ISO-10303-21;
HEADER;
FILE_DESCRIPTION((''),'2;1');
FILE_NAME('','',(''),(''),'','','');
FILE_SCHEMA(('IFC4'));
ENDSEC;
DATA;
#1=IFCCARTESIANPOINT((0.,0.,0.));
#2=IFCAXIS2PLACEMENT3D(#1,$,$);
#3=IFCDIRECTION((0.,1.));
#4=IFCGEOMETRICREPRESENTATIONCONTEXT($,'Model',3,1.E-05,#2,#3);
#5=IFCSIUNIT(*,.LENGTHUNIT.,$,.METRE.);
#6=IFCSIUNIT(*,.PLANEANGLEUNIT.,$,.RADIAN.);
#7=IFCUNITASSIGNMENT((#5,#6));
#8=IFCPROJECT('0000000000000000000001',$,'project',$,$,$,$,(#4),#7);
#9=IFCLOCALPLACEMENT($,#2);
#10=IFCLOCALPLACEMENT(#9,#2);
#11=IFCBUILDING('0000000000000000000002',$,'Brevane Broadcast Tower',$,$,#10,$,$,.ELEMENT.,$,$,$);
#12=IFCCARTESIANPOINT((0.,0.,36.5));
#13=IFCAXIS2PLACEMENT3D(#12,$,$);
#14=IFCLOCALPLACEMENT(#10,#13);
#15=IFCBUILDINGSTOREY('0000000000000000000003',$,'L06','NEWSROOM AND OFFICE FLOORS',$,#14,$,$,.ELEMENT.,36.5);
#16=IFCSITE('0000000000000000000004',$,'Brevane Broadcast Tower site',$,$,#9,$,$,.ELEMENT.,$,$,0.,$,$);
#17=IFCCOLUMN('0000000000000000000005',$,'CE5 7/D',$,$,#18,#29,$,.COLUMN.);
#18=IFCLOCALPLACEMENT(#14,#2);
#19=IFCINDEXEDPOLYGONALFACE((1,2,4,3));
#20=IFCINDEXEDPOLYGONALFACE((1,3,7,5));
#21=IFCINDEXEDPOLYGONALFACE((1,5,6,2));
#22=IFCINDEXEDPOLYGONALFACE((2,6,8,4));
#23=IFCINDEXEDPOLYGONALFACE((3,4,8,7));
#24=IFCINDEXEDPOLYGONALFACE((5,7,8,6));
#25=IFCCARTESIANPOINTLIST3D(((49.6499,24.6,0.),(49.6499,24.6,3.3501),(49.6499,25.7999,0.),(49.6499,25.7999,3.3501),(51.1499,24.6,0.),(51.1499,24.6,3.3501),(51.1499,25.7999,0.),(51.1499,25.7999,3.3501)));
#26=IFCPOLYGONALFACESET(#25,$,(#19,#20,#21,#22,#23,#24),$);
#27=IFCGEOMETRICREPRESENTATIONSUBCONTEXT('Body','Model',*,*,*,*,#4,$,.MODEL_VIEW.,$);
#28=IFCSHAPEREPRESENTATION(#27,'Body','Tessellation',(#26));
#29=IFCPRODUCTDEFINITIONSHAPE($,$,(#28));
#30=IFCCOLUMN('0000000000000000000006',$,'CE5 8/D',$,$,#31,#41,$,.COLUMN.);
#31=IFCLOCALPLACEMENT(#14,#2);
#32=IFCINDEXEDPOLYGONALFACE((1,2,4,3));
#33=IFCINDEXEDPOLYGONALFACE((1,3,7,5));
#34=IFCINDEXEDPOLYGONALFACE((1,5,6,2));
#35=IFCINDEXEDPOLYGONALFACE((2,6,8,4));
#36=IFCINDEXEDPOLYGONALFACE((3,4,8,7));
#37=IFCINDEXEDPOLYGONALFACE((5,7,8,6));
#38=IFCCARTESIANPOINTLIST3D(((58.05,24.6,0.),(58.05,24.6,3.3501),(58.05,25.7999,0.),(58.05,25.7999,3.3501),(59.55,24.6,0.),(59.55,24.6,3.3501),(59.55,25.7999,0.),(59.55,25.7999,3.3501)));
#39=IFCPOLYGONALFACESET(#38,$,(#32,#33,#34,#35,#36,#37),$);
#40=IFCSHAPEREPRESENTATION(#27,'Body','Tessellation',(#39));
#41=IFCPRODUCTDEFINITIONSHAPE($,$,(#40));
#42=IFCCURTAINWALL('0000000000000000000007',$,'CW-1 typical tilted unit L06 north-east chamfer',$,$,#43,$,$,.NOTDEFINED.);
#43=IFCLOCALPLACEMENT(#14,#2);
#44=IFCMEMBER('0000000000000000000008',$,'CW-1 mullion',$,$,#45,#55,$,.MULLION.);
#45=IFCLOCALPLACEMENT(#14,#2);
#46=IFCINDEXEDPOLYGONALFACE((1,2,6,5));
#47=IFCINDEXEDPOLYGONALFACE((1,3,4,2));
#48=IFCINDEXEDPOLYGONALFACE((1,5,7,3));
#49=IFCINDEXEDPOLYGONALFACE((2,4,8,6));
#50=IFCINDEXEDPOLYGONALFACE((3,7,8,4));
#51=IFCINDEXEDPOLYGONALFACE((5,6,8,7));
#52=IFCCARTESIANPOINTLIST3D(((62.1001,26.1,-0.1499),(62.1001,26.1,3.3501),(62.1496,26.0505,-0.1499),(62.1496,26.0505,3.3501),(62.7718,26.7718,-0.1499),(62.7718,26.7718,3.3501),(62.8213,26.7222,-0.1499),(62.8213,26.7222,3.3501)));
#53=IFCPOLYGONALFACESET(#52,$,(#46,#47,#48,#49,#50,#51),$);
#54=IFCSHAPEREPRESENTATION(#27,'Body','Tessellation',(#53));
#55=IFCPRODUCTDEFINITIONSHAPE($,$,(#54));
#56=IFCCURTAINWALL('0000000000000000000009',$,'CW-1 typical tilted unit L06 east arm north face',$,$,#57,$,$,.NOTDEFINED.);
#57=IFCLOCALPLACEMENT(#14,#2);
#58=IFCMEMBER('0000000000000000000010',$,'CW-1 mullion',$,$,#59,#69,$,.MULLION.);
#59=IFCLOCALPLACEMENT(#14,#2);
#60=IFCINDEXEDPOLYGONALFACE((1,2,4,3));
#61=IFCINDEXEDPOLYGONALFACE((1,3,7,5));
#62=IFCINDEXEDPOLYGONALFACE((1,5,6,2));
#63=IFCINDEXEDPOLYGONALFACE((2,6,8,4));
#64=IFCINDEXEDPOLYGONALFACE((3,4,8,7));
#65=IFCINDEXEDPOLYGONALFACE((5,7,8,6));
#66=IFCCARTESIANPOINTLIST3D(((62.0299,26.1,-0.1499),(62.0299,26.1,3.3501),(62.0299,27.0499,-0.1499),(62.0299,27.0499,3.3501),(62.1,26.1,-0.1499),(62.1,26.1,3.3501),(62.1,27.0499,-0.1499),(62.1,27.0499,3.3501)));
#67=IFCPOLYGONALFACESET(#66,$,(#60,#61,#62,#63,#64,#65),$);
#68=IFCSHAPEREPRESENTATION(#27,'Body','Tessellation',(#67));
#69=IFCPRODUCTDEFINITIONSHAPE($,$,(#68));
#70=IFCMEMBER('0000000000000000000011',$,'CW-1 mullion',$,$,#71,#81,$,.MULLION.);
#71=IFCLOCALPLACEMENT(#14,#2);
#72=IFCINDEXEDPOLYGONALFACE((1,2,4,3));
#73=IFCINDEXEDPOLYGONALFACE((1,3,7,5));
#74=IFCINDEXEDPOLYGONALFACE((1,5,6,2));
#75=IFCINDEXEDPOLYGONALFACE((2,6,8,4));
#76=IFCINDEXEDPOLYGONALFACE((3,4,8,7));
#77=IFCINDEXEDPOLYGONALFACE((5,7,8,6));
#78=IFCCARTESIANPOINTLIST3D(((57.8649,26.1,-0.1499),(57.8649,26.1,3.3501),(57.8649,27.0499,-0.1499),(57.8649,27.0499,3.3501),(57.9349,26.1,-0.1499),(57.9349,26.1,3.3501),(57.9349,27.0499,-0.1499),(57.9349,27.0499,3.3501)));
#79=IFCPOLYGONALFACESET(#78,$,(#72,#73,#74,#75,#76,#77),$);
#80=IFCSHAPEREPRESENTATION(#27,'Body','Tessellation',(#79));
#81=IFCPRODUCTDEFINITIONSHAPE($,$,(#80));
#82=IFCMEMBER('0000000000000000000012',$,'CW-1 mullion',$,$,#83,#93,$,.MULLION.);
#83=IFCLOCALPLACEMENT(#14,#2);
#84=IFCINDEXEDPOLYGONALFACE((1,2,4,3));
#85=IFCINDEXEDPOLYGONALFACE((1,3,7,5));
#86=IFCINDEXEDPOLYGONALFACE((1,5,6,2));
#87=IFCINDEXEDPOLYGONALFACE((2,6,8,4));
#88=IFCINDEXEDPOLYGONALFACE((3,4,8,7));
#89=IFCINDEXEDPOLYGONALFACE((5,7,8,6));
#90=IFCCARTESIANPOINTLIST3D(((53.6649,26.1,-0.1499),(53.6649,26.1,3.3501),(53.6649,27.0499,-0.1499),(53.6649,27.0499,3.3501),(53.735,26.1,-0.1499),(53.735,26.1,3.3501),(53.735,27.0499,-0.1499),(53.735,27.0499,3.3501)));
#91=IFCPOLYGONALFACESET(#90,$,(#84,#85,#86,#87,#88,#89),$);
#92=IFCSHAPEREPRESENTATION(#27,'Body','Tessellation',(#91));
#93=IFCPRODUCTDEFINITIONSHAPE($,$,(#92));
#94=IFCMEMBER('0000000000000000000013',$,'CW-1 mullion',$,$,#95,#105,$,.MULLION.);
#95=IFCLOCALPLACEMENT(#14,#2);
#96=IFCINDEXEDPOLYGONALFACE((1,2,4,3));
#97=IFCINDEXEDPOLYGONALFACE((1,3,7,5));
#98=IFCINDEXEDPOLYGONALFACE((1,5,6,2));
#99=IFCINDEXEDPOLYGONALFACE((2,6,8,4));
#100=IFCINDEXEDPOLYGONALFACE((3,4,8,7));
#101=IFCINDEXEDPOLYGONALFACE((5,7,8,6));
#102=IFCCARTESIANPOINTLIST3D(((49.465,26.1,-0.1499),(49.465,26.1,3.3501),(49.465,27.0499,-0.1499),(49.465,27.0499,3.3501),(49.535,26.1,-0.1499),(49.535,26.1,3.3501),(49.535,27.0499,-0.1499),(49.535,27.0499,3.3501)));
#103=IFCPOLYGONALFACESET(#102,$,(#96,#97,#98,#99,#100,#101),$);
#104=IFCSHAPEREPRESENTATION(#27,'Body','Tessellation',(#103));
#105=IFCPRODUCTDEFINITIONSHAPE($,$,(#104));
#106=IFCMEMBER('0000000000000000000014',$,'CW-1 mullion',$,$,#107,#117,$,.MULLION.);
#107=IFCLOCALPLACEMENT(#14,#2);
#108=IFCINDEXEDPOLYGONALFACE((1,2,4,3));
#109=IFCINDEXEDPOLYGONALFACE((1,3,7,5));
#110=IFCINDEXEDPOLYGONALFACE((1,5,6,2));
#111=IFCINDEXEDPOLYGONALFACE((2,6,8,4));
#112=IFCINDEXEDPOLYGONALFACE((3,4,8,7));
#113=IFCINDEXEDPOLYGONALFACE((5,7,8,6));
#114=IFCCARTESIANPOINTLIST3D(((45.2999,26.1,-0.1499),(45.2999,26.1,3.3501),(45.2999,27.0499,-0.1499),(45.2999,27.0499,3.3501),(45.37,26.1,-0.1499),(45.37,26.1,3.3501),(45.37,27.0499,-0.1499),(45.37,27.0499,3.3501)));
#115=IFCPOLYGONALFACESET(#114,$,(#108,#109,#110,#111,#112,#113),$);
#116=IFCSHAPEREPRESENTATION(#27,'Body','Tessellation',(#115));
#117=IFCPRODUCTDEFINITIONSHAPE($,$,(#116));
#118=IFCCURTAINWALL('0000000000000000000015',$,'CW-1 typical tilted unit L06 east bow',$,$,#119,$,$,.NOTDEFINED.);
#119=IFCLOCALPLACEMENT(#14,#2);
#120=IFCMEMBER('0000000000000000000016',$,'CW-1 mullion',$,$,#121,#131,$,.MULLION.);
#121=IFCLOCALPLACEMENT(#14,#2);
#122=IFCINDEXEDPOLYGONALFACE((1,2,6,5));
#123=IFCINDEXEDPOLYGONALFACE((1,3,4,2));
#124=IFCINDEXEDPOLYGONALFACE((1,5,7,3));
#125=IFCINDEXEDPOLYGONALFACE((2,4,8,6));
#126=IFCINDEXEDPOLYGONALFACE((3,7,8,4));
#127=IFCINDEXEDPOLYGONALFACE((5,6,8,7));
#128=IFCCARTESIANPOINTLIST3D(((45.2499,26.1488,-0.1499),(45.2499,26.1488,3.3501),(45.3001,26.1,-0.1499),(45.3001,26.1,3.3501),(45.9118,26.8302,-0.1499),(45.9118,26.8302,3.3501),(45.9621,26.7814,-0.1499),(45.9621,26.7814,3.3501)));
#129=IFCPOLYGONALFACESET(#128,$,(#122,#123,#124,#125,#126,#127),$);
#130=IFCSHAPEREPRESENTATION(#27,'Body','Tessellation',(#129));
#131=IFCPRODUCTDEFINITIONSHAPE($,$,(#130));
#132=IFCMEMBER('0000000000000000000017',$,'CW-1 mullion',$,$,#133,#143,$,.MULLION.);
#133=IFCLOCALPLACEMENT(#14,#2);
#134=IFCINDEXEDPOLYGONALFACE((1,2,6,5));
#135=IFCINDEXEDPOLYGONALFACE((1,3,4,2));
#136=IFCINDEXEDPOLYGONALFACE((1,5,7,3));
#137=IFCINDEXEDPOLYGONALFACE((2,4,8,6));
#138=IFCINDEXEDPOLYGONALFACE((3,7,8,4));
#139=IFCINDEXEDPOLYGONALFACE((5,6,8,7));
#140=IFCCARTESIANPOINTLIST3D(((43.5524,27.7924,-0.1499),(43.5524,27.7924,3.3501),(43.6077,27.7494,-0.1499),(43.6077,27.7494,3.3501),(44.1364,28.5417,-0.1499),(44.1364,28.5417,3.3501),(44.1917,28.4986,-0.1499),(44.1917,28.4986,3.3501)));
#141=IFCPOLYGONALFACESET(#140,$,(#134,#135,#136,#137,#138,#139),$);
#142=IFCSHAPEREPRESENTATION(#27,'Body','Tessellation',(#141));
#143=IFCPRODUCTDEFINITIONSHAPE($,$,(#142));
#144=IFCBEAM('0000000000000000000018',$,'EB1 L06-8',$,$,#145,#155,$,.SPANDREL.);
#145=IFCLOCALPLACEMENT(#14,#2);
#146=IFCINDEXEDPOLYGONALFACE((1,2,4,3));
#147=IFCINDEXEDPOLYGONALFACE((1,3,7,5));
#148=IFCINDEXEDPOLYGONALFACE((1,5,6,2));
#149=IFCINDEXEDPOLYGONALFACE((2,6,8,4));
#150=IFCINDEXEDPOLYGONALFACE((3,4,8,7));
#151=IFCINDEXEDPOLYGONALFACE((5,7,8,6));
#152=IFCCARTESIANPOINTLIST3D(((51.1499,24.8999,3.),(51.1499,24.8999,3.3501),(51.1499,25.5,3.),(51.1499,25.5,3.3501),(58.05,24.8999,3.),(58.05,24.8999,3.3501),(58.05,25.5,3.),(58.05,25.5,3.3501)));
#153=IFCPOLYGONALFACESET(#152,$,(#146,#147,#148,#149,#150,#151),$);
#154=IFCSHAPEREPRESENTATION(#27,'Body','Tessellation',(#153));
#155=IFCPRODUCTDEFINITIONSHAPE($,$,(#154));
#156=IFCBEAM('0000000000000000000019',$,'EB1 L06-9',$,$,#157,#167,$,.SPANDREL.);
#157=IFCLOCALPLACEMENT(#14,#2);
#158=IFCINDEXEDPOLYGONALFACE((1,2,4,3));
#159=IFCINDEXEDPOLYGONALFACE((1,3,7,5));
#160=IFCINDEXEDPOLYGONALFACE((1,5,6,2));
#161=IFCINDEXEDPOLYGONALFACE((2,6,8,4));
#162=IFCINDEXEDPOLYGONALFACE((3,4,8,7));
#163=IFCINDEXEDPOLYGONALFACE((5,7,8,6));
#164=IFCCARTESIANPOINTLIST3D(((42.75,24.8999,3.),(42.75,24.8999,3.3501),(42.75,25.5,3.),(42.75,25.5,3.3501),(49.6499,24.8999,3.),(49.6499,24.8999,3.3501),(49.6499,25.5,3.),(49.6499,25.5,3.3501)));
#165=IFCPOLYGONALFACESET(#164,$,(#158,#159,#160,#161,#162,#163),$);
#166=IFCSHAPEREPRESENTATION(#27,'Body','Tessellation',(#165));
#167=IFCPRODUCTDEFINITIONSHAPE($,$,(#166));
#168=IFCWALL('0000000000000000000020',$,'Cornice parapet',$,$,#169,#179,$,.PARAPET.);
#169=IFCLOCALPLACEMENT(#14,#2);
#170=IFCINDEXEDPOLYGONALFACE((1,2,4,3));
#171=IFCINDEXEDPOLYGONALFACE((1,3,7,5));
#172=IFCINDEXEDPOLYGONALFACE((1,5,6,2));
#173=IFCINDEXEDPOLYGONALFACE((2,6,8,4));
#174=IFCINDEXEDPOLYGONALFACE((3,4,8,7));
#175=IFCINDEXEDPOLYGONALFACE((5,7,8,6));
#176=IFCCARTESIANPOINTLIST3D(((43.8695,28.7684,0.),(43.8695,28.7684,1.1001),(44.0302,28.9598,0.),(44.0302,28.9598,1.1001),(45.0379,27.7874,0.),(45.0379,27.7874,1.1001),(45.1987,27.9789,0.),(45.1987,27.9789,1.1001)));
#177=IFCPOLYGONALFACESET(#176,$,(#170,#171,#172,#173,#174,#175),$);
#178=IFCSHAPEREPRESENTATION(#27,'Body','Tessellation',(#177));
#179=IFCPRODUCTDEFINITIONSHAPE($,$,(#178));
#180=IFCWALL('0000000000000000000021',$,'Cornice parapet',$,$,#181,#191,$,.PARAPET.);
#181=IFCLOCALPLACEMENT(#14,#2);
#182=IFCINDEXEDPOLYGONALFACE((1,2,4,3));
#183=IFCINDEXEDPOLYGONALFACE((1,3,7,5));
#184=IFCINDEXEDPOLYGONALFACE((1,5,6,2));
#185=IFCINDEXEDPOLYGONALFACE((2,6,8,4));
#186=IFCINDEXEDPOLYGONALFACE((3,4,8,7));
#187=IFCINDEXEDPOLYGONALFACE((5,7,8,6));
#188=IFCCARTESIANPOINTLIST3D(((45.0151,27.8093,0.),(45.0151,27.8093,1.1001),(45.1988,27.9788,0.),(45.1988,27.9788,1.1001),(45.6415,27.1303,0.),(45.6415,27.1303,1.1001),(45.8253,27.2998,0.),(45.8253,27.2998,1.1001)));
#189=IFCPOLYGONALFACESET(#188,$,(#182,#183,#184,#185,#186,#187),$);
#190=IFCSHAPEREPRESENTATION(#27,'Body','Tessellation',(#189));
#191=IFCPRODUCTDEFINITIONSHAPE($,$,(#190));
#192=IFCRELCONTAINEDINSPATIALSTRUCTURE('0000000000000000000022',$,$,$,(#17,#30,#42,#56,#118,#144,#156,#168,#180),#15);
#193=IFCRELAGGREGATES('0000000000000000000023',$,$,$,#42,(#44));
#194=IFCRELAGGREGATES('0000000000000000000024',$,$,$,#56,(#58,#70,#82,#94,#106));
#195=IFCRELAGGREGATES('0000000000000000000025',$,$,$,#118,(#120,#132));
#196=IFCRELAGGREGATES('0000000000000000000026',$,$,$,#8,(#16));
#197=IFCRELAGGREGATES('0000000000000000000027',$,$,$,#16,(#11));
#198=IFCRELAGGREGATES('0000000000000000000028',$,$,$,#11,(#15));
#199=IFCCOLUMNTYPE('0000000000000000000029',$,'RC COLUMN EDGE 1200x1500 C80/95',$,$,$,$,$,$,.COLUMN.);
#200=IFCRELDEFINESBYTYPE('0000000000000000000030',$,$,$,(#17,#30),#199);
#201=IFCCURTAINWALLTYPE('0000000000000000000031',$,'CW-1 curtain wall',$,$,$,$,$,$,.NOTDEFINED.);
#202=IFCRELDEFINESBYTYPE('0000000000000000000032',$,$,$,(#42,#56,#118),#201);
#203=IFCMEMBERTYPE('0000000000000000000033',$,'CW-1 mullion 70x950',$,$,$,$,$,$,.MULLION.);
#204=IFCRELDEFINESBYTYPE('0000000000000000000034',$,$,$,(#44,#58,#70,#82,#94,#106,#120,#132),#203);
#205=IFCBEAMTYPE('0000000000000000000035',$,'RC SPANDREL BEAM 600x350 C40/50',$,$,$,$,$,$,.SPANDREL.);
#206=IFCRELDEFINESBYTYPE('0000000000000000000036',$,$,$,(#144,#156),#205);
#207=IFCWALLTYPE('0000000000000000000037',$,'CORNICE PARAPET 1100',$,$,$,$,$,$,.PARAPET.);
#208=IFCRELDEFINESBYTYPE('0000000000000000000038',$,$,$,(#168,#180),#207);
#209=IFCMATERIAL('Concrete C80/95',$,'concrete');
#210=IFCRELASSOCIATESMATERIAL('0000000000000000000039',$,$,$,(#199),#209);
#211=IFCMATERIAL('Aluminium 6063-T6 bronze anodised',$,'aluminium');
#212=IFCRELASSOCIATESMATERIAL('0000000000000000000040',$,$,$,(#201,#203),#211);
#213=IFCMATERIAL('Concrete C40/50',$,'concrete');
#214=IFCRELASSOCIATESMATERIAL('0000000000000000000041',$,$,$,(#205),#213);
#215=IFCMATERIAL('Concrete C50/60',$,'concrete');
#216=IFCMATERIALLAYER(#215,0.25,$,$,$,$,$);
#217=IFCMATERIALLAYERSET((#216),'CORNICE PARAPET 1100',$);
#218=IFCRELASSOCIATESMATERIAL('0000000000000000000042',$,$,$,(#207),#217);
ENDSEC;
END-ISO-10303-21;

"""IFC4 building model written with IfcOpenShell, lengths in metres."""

from ifc_helpers import new_model, si_unit, direction, frame, frame_2d, origin, origin_2d, place, context, subcontext, project, spatial, rectangle, extrude, material, layer, layer_set, material_profile, profile_set, type_object, element, aggregate, save


model = new_model("IFC4")

# Units and contexts
model_context = context("Model", 3, precision=1e-05, world=origin(), true_north=direction((0.0, 1.0)))
body_context = subcontext(model_context, "Body", "Model", "MODEL_VIEW")
ifc_project = project(units=[si_unit("LENGTHUNIT", "METRE"), si_unit("PLANEANGLEUNIT", "RADIAN")], contexts=[model_context])

# Site, building, storey
site_placement = place(None, origin())
site = spatial("IfcSite", under=ifc_project, at=site_placement, Name="Brevane Broadcast Tower site", CompositionType="ELEMENT", RefElevation=0.0)
building_placement = place(site_placement, origin())
building = spatial("IfcBuilding", under=site, at=building_placement, Name="Brevane Broadcast Tower", CompositionType="ELEMENT")
storey_placement = place(building_placement, frame((0.0, 0.0, 36.5)))
storey = spatial("IfcBuildingStorey", under=building, at=storey_placement, Name="L06", Description="NEWSROOM AND OFFICE FLOORS", CompositionType="ELEMENT", Elevation=36.5)

# Columns
ifc_material_1 = material(Name="Concrete C80/95", Category="concrete")
ifc_material_profile_1 = material_profile(ifc_material_1, rectangle(XDim=1.2, YDim=1.5, at=origin_2d()), Name="RC 1200x1500")
ifc_profile_set_1 = profile_set([ifc_material_profile_1], Name="Concrete C80/95")
column_type = type_object("IfcColumnType", Name="RC COLUMN EDGE 1200x1500 C80/95", PredefinedType="COLUMN", material=ifc_profile_set_1)
for number, where, z_axis, x_axis, name in (
    (1, (50.3999, 25.2, 0.0), (0.0, 0.0, 1.0), (0.0, 1.0, 0.0), "CE5 7/D"),
    (2, (58.8, 25.2, 0.0), (0.0, 0.0, 1.0), (0.0, 1.0, 0.0), "CE5 8/D"),
):
    element("IfcColumn", number, at=place(storey_placement, frame(where, z_axis=z_axis, x_axis=x_axis)), inside=storey, type_object=column_type, Name=name, PredefinedType="COLUMN", context=body_context, shape_type="SweptSolid", body=[
        extrude(rectangle(XDim=1.2, YDim=1.5, at=origin_2d()), origin(), (0.0, 0.0, 1.0), 3.3501),
    ])

# Curtain wall, member
ifc_material_2 = material(Name="Aluminium 6063-T6 bronze anodised", Category="aluminium")
curtain_wall_type = type_object("IfcCurtainWallType", Name="CW-1 curtain wall", PredefinedType="NOTDEFINED", material=ifc_material_2)
curtain_wall_1_placement = place(storey_placement, origin())
curtain_wall_1 = element("IfcCurtainWall", 3, at=curtain_wall_1_placement, inside=storey, type_object=curtain_wall_type, Name="CW-1 typical tilted unit L06 north-east chamfer", PredefinedType="NOTDEFINED")
ifc_material_profile_2 = material_profile(ifc_material_2, rectangle(XDim=0.95, YDim=0.0701, at=origin_2d()), Name="RECT 70x950")
ifc_profile_set_2 = profile_set([ifc_material_profile_2], Name="Aluminium 6063-T6 bronze anodised")
member_type = type_object("IfcMemberType", Name="CW-1 mullion 70x950", PredefinedType="MULLION", material=ifc_profile_set_2)
member_1_placement = place(storey_placement, frame((62.4607, 26.4111, -0.1499), z_axis=(0.0, 0.0, 1.0), x_axis=(-0.707107, -0.707107, 0.0)))
member_1 = element("IfcMember", 4, at=member_1_placement, type_object=member_type, Name="CW-1 mullion", PredefinedType="MULLION", context=body_context, shape_type="SweptSolid", body=[
    extrude(rectangle(XDim=0.95, YDim=0.0701, at=origin_2d()), origin(), (0.0, 0.0, 1.0), 3.5),
])
aggregate(curtain_wall_1, [member_1])

# Curtain walls, members
curtain_wall_2_placement = place(storey_placement, origin())
curtain_wall_2 = element("IfcCurtainWall", 5, at=curtain_wall_2_placement, inside=storey, type_object=curtain_wall_type, Name="CW-1 typical tilted unit L06 east arm north face", PredefinedType="NOTDEFINED")
member_2_placement = place(storey_placement, frame((62.0649, 26.575, -0.1499), z_axis=(0.0, 0.0, 1.0), x_axis=(0.0, -1.0, 0.0)))
member_2 = element("IfcMember", 6, at=member_2_placement, type_object=member_type, Name="CW-1 mullion", PredefinedType="MULLION", context=body_context, shape_type="SweptSolid", body=[
    extrude(rectangle(XDim=0.95, YDim=0.0701, at=origin_2d()), origin(), (0.0, 0.0, 1.0), 3.5),
])
member_3_placement = place(storey_placement, frame((57.8999, 26.575, -0.1499), z_axis=(0.0, 0.0, 1.0), x_axis=(0.0, -1.0, 0.0)))
member_3 = element("IfcMember", 7, at=member_3_placement, type_object=member_type, Name="CW-1 mullion", PredefinedType="MULLION", context=body_context, shape_type="SweptSolid", body=[
    extrude(rectangle(XDim=0.95, YDim=0.0701, at=origin_2d()), origin(), (0.0, 0.0, 1.0), 3.5),
])
member_4_placement = place(storey_placement, frame((53.7, 26.575, -0.1499), z_axis=(0.0, 0.0, 1.0), x_axis=(0.0, -1.0, 0.0)))
member_4 = element("IfcMember", 8, at=member_4_placement, type_object=member_type, Name="CW-1 mullion", PredefinedType="MULLION", context=body_context, shape_type="SweptSolid", body=[
    extrude(rectangle(XDim=0.95, YDim=0.0701, at=origin_2d()), origin(), (0.0, 0.0, 1.0), 3.5),
])
member_5_placement = place(storey_placement, frame((49.5, 26.575, -0.1499), z_axis=(0.0, 0.0, 1.0), x_axis=(0.0, -1.0, 0.0)))
member_5 = element("IfcMember", 9, at=member_5_placement, type_object=member_type, Name="CW-1 mullion", PredefinedType="MULLION", context=body_context, shape_type="SweptSolid", body=[
    extrude(rectangle(XDim=0.95, YDim=0.0701, at=origin_2d()), origin(), (0.0, 0.0, 1.0), 3.5),
])
member_6_placement = place(storey_placement, frame((45.335, 26.575, -0.1499), z_axis=(0.0, 0.0, 1.0), x_axis=(0.0, -1.0, 0.0)))
member_6 = element("IfcMember", 10, at=member_6_placement, type_object=member_type, Name="CW-1 mullion", PredefinedType="MULLION", context=body_context, shape_type="SweptSolid", body=[
    extrude(rectangle(XDim=0.95, YDim=0.0701, at=origin_2d()), origin(), (0.0, 0.0, 1.0), 3.5),
])
aggregate(curtain_wall_2, [member_2, member_3, member_4, member_5, member_6])
curtain_wall_3_placement = place(storey_placement, origin())
curtain_wall_3 = element("IfcCurtainWall", 11, at=curtain_wall_3_placement, inside=storey, type_object=curtain_wall_type, Name="CW-1 typical tilted unit L06 east bow", PredefinedType="NOTDEFINED")
member_7_placement = place(storey_placement, frame((45.606, 26.4651, -0.1499), z_axis=(0.0, 0.0, 1.0), x_axis=(-0.696812, -0.717254, 0.0)))
member_7 = element("IfcMember", 12, at=member_7_placement, type_object=member_type, Name="CW-1 mullion", PredefinedType="MULLION", context=body_context, shape_type="SweptSolid", body=[
    extrude(rectangle(XDim=0.95, YDim=0.0701, at=origin_2d()), origin(), (0.0, 0.0, 1.0), 3.5),
])
member_8_placement = place(storey_placement, frame((43.8721, 28.1455, -0.1499), z_axis=(0.0, 0.0, 1.0), x_axis=(-0.61477, -0.788707, 0.0)))
member_8 = element("IfcMember", 13, at=member_8_placement, type_object=member_type, Name="CW-1 mullion", PredefinedType="MULLION", context=body_context, shape_type="SweptSolid", body=[
    extrude(rectangle(XDim=0.95, YDim=0.0701, at=origin_2d()), origin(), (0.0, 0.0, 1.0), 3.5),
])
aggregate(curtain_wall_3, [member_7, member_8])

# Beams
ifc_material_3 = material(Name="Concrete C40/50", Category="concrete")
ifc_material_profile_3 = material_profile(ifc_material_3, rectangle(XDim=0.6001, YDim=0.3501, at=origin_2d()), Name="RC 600x350")
ifc_profile_set_3 = profile_set([ifc_material_profile_3], Name="Concrete C40/50")
beam_type = type_object("IfcBeamType", Name="RC SPANDREL BEAM 600x350 C40/50", PredefinedType="SPANDREL", material=ifc_profile_set_3)
beam_1_placement = place(storey_placement, frame((58.05, 25.2, 3.175), z_axis=(-1.0, 0.0, 0.0), x_axis=(0.0, -1.0, 0.0)))
element("IfcBeam", 14, at=beam_1_placement, inside=storey, type_object=beam_type, Name="EB1 L06-8", PredefinedType="SPANDREL", context=body_context, shape_type="SweptSolid", body=[
    extrude(rectangle(XDim=0.6001, YDim=0.3501, at=origin_2d()), origin(), (0.0, 0.0, 1.0), 6.9001),
])
beam_2_placement = place(storey_placement, frame((49.6499, 25.2, 3.175), z_axis=(-1.0, 0.0, 0.0), x_axis=(0.0, -1.0, 0.0)))
element("IfcBeam", 15, at=beam_2_placement, inside=storey, type_object=beam_type, Name="EB1 L06-9", PredefinedType="SPANDREL", context=body_context, shape_type="SweptSolid", body=[
    extrude(rectangle(XDim=0.6001, YDim=0.3501, at=origin_2d()), origin(), (0.0, 0.0, 1.0), 6.8999),
])

# Walls
ifc_material_4 = material(Name="Concrete C50/60", Category="concrete")
ifc_layer_1 = layer(ifc_material_4, 0.25)
ifc_layer_set_1 = layer_set([ifc_layer_1], Name="CORNICE PARAPET 1100")
wall_type_1 = type_object("IfcWallType", Name="CORNICE PARAPET 1100", PredefinedType="PARAPET", material=ifc_layer_set_1)
wall_1_placement = place(storey_placement, frame((43.95, 28.864, 0.0), z_axis=(0.0, 0.0, 1.0), x_axis=(0.765881, -0.642982, 0.0)))
element("IfcWall", 16, at=wall_1_placement, inside=storey, type_object=wall_type_1, Name="Cornice parapet", PredefinedType="PARAPET", context=body_context, shape_type="SweptSolid", body=[
    extrude(rectangle(XDim=1.5256, YDim=0.25, at=frame_2d((0.7627, 0.0))), origin(), (0.0, 0.0, 1.0), 1.1001),
])
wall_2_placement = place(storey_placement, frame((45.1069, 27.894, 0.0), z_axis=(0.0, 0.0, 1.0), x_axis=(0.678126, -0.734945, 0.0)))
element("IfcWall", 17, at=wall_2_placement, inside=storey, type_object=wall_type_1, Name="Cornice parapet", PredefinedType="PARAPET", context=body_context, shape_type="SweptSolid", body=[
    extrude(rectangle(XDim=0.9238, YDim=0.25, at=frame_2d((0.4619, 0.0))), origin(), (0.0, 0.0, 1.0), 1.1001),
])

save(model, "model.ifc")
